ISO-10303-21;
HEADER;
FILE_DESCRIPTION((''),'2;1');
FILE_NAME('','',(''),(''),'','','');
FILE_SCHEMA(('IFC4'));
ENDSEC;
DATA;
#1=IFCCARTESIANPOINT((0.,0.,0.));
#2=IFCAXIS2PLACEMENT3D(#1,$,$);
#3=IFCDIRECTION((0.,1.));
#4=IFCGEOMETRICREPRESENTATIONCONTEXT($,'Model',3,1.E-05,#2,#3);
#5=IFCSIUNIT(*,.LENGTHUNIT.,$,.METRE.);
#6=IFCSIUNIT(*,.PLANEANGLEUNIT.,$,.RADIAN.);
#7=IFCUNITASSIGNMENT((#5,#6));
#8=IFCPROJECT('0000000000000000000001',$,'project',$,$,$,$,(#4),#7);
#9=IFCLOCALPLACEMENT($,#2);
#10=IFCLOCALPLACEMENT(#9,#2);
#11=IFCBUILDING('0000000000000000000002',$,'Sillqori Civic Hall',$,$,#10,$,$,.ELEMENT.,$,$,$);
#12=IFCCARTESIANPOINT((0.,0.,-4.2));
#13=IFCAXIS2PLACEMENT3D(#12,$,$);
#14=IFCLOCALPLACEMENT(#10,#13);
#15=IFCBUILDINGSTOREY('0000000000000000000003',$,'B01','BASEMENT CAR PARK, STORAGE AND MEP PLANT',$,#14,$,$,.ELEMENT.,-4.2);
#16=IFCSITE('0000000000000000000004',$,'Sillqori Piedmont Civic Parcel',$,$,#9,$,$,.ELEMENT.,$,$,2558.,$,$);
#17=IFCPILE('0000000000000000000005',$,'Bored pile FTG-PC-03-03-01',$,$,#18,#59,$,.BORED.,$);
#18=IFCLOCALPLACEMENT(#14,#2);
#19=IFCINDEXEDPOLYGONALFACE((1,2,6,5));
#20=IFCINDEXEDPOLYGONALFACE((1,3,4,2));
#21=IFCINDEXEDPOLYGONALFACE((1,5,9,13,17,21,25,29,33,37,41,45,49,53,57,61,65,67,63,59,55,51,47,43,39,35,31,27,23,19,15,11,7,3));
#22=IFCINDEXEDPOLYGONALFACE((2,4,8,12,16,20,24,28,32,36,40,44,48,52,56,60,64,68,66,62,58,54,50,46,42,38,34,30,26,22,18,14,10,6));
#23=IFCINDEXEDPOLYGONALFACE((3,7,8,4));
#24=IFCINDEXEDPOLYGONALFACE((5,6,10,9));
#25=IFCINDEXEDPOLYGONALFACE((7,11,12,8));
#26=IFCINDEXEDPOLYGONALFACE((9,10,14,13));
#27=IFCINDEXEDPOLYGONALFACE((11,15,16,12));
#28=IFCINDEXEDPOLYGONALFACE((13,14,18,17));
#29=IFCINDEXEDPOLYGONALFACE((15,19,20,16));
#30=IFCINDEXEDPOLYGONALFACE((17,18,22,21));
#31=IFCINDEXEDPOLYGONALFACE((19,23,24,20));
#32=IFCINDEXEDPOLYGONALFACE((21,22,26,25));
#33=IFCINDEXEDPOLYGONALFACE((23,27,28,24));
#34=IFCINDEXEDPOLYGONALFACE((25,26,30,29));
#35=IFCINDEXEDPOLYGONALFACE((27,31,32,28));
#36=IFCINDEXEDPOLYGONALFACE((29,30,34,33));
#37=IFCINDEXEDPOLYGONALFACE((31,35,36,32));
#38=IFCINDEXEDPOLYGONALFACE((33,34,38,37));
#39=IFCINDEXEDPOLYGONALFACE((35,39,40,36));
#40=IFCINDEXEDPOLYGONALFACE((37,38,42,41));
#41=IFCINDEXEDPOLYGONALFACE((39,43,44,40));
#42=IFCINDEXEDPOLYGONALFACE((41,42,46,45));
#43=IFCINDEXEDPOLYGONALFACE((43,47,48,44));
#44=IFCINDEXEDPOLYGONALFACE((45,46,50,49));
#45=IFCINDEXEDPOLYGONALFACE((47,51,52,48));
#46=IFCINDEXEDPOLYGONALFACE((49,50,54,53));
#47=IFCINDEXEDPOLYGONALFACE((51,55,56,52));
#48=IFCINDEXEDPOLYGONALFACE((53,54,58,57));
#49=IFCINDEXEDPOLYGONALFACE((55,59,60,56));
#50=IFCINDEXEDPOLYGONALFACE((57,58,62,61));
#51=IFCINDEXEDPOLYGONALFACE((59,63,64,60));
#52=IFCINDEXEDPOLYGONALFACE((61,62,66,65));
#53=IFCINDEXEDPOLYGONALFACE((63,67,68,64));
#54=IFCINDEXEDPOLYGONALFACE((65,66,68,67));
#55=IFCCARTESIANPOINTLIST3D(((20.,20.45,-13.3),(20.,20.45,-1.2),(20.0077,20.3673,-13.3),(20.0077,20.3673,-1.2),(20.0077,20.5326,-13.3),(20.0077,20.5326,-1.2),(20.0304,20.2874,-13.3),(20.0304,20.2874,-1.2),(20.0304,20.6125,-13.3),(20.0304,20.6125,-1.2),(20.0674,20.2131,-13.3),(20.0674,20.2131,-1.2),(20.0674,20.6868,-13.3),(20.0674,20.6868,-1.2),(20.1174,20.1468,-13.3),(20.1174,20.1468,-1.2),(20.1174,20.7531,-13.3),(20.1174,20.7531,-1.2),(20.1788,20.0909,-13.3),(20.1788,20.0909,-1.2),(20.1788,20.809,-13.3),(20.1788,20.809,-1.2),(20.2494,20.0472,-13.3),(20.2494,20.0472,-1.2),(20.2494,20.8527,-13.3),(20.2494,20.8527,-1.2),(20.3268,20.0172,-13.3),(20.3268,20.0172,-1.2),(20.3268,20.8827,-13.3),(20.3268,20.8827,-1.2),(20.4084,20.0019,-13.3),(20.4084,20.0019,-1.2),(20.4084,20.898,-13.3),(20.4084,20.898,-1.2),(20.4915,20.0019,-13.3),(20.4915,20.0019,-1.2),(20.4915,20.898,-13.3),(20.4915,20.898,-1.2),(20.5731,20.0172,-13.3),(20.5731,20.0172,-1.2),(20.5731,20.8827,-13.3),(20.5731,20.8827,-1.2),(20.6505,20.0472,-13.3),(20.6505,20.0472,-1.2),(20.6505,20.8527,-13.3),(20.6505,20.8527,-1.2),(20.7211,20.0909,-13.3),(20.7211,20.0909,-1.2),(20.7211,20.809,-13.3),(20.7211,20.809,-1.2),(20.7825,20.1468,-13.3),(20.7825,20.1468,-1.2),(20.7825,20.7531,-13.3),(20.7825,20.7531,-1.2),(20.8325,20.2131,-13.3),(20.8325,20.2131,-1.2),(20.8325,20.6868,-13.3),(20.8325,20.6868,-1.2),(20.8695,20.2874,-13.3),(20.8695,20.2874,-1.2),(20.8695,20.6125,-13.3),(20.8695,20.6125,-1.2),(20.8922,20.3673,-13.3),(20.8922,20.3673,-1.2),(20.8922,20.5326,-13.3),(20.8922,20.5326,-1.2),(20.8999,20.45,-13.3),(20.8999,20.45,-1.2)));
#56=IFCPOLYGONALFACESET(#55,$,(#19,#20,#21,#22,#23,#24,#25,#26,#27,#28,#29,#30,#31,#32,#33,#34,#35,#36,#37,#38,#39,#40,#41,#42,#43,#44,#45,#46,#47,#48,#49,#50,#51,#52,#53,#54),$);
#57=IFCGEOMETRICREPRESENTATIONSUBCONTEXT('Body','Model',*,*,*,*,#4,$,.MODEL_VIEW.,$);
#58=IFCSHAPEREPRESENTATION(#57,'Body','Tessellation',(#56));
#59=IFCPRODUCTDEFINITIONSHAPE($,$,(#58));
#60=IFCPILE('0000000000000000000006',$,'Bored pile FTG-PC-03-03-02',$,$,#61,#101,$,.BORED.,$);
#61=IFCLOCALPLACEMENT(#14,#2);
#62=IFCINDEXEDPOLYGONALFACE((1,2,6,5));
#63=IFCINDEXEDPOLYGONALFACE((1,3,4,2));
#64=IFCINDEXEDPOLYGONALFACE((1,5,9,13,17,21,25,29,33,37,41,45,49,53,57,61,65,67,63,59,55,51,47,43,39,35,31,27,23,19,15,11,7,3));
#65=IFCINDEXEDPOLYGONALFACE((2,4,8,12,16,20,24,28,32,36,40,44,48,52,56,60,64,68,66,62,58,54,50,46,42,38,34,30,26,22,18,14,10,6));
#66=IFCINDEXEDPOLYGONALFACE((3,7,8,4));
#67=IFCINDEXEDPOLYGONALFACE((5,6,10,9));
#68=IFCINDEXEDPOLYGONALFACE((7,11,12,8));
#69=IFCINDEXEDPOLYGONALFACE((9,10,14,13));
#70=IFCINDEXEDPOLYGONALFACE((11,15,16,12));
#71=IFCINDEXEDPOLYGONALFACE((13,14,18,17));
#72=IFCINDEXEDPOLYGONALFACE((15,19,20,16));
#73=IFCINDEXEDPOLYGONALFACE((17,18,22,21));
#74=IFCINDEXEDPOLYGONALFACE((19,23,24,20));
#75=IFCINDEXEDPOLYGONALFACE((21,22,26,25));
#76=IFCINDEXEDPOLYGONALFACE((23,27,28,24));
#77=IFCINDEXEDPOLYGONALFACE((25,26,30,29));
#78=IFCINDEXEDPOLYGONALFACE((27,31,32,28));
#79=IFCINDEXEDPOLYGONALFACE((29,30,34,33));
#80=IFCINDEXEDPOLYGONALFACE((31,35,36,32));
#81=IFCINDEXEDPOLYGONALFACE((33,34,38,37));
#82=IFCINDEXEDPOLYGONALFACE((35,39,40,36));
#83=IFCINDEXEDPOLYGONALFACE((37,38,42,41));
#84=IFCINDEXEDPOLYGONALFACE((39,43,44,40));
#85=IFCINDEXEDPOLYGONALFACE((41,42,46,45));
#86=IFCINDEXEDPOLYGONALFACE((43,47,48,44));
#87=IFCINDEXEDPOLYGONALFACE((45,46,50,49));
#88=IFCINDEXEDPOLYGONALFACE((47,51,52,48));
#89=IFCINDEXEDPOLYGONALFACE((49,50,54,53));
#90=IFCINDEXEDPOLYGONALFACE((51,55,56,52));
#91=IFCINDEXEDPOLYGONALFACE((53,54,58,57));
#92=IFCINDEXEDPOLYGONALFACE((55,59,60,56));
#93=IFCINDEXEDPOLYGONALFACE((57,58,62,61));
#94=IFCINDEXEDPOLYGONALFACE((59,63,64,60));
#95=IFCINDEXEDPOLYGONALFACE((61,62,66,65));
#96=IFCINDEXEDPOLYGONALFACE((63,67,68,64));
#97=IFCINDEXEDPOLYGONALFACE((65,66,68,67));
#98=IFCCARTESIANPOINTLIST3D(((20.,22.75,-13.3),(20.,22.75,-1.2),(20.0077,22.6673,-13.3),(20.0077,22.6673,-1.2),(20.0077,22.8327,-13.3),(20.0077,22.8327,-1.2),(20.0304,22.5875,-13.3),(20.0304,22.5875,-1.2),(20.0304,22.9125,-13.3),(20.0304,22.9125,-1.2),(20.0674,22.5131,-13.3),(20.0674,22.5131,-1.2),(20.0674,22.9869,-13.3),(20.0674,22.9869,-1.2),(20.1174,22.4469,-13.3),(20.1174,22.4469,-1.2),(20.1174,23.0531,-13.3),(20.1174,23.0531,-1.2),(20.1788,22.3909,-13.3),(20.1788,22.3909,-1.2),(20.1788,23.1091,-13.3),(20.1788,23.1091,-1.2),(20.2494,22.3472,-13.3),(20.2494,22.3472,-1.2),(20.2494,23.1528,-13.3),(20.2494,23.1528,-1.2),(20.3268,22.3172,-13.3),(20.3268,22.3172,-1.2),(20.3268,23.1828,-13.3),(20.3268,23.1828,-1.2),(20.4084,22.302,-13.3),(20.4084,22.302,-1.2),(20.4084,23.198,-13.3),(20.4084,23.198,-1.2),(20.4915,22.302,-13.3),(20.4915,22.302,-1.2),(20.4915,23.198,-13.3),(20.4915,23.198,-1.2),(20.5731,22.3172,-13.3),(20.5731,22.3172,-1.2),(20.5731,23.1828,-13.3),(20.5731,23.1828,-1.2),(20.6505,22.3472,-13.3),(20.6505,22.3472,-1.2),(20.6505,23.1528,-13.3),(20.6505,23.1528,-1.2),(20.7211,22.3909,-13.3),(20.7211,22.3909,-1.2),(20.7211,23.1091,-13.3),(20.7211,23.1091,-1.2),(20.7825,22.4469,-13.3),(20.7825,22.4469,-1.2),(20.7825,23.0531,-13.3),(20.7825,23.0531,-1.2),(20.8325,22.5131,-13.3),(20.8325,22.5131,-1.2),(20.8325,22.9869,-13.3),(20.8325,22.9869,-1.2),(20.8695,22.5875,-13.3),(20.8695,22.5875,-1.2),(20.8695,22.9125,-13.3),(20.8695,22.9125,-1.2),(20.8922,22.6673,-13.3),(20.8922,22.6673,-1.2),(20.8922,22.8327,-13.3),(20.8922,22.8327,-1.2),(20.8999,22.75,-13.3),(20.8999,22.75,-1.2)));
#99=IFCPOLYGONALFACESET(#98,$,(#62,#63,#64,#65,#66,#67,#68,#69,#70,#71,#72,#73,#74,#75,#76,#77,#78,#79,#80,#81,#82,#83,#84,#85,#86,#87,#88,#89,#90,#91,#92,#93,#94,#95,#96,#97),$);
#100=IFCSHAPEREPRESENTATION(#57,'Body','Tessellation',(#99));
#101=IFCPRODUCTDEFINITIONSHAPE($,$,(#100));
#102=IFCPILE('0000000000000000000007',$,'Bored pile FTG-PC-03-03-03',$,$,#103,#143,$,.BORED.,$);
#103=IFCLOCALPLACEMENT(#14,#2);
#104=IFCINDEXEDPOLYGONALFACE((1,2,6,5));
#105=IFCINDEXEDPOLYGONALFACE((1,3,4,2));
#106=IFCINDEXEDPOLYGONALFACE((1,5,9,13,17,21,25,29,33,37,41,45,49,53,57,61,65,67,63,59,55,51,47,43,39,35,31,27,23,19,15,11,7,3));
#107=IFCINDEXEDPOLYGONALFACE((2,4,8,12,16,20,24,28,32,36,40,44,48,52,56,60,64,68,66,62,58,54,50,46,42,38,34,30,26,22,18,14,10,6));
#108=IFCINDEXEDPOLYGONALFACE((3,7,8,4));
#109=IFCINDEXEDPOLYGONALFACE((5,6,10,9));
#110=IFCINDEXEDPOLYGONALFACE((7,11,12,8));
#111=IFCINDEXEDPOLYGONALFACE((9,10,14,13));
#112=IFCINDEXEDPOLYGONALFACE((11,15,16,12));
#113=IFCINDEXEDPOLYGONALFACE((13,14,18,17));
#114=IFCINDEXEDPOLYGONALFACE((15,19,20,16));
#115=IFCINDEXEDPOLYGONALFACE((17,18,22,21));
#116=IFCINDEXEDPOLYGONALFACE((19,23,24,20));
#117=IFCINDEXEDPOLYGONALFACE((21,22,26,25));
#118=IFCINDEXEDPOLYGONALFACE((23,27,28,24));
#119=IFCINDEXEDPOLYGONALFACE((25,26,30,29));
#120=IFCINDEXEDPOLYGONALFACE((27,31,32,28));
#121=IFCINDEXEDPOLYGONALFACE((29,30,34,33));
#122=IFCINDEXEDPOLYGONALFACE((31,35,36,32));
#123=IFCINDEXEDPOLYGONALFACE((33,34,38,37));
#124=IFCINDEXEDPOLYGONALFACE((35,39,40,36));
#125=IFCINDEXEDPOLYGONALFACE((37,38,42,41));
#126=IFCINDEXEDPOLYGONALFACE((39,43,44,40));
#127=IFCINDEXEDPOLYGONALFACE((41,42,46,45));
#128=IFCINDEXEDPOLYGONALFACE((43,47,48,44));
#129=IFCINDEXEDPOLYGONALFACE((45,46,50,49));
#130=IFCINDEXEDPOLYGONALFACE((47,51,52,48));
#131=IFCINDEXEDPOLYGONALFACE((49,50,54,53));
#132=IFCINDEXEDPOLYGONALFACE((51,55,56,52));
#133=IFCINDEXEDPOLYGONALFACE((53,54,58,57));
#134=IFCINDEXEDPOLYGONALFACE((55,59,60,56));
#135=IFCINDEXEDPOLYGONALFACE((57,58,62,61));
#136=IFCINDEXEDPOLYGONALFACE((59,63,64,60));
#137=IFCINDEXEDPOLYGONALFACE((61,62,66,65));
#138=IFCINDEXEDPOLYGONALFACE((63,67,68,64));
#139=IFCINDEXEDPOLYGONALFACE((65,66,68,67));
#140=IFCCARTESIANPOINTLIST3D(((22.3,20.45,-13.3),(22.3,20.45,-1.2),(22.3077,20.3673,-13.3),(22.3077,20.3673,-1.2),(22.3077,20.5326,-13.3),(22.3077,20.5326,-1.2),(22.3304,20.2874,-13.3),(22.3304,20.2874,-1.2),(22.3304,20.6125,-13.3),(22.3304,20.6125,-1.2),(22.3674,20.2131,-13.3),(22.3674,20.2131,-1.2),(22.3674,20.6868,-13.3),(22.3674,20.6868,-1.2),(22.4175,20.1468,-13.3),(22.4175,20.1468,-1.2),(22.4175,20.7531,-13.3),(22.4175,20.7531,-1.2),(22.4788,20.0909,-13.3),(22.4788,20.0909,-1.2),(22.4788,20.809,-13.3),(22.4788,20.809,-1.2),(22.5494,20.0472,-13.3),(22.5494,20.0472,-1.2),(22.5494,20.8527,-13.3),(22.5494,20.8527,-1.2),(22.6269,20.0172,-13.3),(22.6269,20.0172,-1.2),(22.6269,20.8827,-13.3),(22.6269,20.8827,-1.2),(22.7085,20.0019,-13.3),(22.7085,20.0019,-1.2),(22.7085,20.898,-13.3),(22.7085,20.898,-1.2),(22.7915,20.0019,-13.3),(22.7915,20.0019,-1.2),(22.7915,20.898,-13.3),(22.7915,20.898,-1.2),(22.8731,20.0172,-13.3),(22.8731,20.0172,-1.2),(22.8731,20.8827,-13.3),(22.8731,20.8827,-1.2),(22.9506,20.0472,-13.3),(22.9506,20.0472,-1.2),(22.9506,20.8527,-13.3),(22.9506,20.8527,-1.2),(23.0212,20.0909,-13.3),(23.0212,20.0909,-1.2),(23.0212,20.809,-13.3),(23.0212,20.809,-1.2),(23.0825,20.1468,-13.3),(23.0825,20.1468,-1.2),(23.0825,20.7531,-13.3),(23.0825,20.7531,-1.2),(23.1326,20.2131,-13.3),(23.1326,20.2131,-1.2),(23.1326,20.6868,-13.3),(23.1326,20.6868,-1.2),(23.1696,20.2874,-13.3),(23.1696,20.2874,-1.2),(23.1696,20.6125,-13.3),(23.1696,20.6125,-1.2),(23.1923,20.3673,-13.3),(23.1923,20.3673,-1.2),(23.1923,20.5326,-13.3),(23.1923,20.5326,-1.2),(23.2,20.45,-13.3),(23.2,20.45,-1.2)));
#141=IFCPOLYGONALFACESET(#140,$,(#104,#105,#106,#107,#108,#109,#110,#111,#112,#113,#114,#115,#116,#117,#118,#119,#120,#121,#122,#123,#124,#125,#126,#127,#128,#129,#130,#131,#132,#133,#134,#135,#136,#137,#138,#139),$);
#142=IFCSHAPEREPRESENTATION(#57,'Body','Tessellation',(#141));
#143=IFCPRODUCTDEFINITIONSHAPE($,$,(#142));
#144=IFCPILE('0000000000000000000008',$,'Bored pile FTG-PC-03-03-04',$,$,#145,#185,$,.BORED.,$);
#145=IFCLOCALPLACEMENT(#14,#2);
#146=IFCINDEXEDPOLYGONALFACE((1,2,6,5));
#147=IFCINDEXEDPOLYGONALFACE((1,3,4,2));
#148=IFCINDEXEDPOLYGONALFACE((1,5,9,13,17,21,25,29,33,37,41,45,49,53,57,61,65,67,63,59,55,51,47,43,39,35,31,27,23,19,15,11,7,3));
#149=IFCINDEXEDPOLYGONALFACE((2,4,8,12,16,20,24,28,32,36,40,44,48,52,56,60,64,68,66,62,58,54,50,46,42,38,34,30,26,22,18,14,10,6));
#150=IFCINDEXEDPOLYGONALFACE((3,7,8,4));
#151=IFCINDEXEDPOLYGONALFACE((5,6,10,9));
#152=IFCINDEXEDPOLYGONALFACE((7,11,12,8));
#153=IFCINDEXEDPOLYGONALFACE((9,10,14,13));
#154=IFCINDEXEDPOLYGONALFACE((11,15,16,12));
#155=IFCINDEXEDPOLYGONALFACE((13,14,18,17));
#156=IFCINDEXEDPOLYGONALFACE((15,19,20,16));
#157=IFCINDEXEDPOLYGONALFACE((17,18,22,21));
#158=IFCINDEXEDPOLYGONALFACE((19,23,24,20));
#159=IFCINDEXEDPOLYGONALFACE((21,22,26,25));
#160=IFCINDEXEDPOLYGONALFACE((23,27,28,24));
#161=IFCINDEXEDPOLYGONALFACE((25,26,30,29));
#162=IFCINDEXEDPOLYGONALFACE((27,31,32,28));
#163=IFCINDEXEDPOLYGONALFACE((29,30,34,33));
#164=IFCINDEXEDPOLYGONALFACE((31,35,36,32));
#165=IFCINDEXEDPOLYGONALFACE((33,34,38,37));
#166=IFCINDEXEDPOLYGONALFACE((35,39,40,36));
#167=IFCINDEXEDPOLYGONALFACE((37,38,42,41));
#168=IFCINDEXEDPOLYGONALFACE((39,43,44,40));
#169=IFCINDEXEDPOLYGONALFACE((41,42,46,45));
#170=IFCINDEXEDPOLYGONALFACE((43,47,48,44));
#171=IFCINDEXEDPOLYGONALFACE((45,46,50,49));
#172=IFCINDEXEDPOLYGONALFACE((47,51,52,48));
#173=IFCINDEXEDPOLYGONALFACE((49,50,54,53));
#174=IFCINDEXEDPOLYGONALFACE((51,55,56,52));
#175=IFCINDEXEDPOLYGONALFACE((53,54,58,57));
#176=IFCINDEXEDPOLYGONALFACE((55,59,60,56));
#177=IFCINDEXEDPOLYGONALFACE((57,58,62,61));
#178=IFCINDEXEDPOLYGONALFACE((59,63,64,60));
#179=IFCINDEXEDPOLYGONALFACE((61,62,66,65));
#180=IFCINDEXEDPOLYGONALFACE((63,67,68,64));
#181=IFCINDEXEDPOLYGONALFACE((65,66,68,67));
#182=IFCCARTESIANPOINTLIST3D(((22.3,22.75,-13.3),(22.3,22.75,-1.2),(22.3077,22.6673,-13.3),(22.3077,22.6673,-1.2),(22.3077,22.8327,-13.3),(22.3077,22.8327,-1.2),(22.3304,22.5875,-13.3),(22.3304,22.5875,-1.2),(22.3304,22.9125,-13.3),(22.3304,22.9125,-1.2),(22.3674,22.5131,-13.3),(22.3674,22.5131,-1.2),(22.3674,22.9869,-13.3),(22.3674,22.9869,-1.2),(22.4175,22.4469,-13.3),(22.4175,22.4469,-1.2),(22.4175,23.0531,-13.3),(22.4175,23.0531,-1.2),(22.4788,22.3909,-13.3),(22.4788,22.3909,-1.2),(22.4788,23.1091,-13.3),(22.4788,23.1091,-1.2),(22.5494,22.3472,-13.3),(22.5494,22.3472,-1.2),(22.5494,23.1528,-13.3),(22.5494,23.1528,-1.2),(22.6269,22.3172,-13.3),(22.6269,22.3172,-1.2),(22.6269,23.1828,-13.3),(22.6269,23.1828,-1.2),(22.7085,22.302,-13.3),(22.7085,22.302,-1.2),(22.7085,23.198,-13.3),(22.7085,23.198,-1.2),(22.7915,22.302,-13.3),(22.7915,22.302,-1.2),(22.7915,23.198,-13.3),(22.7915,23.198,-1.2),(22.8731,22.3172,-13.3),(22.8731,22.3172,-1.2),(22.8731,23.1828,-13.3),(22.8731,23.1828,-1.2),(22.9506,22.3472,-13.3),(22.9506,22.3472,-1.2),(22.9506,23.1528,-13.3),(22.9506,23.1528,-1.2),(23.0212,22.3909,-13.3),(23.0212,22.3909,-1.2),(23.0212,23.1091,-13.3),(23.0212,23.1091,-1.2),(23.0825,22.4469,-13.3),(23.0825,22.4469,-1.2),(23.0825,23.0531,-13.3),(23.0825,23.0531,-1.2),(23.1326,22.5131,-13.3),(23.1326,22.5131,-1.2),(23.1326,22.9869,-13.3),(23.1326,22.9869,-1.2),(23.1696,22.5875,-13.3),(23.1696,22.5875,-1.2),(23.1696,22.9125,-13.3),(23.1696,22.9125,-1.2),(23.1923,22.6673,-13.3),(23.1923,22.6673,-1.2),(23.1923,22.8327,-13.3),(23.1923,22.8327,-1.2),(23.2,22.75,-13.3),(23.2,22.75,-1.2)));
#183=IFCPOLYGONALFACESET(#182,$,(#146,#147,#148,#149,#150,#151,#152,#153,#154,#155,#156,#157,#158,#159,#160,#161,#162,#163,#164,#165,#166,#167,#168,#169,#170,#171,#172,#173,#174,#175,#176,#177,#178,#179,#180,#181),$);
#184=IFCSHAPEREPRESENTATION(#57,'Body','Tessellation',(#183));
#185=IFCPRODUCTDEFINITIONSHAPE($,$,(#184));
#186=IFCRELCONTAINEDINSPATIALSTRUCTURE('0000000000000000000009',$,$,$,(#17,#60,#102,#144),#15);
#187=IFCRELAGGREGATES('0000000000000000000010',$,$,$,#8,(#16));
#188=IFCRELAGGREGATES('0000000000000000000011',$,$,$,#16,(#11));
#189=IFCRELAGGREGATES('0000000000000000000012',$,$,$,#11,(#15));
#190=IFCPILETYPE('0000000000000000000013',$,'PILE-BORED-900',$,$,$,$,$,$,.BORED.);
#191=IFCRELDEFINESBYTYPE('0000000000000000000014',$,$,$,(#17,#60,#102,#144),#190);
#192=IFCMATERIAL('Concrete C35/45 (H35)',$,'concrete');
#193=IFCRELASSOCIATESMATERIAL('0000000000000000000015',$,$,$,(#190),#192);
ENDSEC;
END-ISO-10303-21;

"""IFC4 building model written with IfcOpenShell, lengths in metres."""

from ifc_helpers import new_model, si_unit, direction, frame, origin, origin_2d, place, context, subcontext, project, spatial, circle, extrude, material, material_profile, profile_set, type_object, element, save


model = new_model("IFC4")

# Units and contexts
model_context = context("Model", 3, precision=1e-05, world=origin(), true_north=direction((0.0, 1.0)))
body_context = subcontext(model_context, "Body", "Model", "MODEL_VIEW")
ifc_project = project(units=[si_unit("LENGTHUNIT", "METRE"), si_unit("PLANEANGLEUNIT", "RADIAN")], contexts=[model_context])

# Site, building, storey
site_placement = place(None, origin())
site = spatial("IfcSite", under=ifc_project, at=site_placement, Name="Sillqori Piedmont Civic Parcel", CompositionType="ELEMENT", RefElevation=2558.0)
building_placement = place(site_placement, origin())
building = spatial("IfcBuilding", under=site, at=building_placement, Name="Sillqori Civic Hall", CompositionType="ELEMENT")
storey_placement = place(building_placement, frame((0.0, 0.0, -4.2)))
storey = spatial("IfcBuildingStorey", under=building, at=storey_placement, Name="B01", Description="BASEMENT CAR PARK, STORAGE AND MEP PLANT", CompositionType="ELEMENT", Elevation=-4.2)

# Shared definitions
ifc_material = material(Name="Concrete C35/45 (H35)", Category="concrete")

# Piles
ifc_material_profile_1 = material_profile(ifc_material, circle(Radius=0.45, at=origin_2d()), Name="BORED PILE 900")
ifc_profile_set_1 = profile_set([ifc_material_profile_1], Name="Concrete C35/45 (H35)")
pile_type = type_object("IfcPileType", Name="PILE-BORED-900", PredefinedType="BORED", material=ifc_profile_set_1)
for number, where, z_axis, x_axis, name in (
    (1, (20.45, 20.45, -1.2), (0.0, 0.0, -1.0), (1.0, 0.0, 0.0), "Bored pile FTG-PC-03-03-01"),
    (2, (20.45, 22.75, -1.2), (0.0, 0.0, -1.0), (1.0, 0.0, 0.0), "Bored pile FTG-PC-03-03-02"),
    (3, (22.75, 20.45, -1.2), (0.0, 0.0, -1.0), (1.0, 0.0, 0.0), "Bored pile FTG-PC-03-03-03"),
    (4, (22.75, 22.75, -1.2), (0.0, 0.0, -1.0), (1.0, 0.0, 0.0), "Bored pile FTG-PC-03-03-04"),
):
    element("IfcPile", number, at=place(storey_placement, frame(where, z_axis=z_axis, x_axis=x_axis)), inside=storey, type_object=pile_type, Name=name, PredefinedType="BORED", context=body_context, shape_type="SweptSolid", body=[
        extrude(circle(Radius=0.45, at=origin_2d()), origin(), (0.0, 0.0, 1.0), 12.1001),
    ])

save(model, "model.ifc")
